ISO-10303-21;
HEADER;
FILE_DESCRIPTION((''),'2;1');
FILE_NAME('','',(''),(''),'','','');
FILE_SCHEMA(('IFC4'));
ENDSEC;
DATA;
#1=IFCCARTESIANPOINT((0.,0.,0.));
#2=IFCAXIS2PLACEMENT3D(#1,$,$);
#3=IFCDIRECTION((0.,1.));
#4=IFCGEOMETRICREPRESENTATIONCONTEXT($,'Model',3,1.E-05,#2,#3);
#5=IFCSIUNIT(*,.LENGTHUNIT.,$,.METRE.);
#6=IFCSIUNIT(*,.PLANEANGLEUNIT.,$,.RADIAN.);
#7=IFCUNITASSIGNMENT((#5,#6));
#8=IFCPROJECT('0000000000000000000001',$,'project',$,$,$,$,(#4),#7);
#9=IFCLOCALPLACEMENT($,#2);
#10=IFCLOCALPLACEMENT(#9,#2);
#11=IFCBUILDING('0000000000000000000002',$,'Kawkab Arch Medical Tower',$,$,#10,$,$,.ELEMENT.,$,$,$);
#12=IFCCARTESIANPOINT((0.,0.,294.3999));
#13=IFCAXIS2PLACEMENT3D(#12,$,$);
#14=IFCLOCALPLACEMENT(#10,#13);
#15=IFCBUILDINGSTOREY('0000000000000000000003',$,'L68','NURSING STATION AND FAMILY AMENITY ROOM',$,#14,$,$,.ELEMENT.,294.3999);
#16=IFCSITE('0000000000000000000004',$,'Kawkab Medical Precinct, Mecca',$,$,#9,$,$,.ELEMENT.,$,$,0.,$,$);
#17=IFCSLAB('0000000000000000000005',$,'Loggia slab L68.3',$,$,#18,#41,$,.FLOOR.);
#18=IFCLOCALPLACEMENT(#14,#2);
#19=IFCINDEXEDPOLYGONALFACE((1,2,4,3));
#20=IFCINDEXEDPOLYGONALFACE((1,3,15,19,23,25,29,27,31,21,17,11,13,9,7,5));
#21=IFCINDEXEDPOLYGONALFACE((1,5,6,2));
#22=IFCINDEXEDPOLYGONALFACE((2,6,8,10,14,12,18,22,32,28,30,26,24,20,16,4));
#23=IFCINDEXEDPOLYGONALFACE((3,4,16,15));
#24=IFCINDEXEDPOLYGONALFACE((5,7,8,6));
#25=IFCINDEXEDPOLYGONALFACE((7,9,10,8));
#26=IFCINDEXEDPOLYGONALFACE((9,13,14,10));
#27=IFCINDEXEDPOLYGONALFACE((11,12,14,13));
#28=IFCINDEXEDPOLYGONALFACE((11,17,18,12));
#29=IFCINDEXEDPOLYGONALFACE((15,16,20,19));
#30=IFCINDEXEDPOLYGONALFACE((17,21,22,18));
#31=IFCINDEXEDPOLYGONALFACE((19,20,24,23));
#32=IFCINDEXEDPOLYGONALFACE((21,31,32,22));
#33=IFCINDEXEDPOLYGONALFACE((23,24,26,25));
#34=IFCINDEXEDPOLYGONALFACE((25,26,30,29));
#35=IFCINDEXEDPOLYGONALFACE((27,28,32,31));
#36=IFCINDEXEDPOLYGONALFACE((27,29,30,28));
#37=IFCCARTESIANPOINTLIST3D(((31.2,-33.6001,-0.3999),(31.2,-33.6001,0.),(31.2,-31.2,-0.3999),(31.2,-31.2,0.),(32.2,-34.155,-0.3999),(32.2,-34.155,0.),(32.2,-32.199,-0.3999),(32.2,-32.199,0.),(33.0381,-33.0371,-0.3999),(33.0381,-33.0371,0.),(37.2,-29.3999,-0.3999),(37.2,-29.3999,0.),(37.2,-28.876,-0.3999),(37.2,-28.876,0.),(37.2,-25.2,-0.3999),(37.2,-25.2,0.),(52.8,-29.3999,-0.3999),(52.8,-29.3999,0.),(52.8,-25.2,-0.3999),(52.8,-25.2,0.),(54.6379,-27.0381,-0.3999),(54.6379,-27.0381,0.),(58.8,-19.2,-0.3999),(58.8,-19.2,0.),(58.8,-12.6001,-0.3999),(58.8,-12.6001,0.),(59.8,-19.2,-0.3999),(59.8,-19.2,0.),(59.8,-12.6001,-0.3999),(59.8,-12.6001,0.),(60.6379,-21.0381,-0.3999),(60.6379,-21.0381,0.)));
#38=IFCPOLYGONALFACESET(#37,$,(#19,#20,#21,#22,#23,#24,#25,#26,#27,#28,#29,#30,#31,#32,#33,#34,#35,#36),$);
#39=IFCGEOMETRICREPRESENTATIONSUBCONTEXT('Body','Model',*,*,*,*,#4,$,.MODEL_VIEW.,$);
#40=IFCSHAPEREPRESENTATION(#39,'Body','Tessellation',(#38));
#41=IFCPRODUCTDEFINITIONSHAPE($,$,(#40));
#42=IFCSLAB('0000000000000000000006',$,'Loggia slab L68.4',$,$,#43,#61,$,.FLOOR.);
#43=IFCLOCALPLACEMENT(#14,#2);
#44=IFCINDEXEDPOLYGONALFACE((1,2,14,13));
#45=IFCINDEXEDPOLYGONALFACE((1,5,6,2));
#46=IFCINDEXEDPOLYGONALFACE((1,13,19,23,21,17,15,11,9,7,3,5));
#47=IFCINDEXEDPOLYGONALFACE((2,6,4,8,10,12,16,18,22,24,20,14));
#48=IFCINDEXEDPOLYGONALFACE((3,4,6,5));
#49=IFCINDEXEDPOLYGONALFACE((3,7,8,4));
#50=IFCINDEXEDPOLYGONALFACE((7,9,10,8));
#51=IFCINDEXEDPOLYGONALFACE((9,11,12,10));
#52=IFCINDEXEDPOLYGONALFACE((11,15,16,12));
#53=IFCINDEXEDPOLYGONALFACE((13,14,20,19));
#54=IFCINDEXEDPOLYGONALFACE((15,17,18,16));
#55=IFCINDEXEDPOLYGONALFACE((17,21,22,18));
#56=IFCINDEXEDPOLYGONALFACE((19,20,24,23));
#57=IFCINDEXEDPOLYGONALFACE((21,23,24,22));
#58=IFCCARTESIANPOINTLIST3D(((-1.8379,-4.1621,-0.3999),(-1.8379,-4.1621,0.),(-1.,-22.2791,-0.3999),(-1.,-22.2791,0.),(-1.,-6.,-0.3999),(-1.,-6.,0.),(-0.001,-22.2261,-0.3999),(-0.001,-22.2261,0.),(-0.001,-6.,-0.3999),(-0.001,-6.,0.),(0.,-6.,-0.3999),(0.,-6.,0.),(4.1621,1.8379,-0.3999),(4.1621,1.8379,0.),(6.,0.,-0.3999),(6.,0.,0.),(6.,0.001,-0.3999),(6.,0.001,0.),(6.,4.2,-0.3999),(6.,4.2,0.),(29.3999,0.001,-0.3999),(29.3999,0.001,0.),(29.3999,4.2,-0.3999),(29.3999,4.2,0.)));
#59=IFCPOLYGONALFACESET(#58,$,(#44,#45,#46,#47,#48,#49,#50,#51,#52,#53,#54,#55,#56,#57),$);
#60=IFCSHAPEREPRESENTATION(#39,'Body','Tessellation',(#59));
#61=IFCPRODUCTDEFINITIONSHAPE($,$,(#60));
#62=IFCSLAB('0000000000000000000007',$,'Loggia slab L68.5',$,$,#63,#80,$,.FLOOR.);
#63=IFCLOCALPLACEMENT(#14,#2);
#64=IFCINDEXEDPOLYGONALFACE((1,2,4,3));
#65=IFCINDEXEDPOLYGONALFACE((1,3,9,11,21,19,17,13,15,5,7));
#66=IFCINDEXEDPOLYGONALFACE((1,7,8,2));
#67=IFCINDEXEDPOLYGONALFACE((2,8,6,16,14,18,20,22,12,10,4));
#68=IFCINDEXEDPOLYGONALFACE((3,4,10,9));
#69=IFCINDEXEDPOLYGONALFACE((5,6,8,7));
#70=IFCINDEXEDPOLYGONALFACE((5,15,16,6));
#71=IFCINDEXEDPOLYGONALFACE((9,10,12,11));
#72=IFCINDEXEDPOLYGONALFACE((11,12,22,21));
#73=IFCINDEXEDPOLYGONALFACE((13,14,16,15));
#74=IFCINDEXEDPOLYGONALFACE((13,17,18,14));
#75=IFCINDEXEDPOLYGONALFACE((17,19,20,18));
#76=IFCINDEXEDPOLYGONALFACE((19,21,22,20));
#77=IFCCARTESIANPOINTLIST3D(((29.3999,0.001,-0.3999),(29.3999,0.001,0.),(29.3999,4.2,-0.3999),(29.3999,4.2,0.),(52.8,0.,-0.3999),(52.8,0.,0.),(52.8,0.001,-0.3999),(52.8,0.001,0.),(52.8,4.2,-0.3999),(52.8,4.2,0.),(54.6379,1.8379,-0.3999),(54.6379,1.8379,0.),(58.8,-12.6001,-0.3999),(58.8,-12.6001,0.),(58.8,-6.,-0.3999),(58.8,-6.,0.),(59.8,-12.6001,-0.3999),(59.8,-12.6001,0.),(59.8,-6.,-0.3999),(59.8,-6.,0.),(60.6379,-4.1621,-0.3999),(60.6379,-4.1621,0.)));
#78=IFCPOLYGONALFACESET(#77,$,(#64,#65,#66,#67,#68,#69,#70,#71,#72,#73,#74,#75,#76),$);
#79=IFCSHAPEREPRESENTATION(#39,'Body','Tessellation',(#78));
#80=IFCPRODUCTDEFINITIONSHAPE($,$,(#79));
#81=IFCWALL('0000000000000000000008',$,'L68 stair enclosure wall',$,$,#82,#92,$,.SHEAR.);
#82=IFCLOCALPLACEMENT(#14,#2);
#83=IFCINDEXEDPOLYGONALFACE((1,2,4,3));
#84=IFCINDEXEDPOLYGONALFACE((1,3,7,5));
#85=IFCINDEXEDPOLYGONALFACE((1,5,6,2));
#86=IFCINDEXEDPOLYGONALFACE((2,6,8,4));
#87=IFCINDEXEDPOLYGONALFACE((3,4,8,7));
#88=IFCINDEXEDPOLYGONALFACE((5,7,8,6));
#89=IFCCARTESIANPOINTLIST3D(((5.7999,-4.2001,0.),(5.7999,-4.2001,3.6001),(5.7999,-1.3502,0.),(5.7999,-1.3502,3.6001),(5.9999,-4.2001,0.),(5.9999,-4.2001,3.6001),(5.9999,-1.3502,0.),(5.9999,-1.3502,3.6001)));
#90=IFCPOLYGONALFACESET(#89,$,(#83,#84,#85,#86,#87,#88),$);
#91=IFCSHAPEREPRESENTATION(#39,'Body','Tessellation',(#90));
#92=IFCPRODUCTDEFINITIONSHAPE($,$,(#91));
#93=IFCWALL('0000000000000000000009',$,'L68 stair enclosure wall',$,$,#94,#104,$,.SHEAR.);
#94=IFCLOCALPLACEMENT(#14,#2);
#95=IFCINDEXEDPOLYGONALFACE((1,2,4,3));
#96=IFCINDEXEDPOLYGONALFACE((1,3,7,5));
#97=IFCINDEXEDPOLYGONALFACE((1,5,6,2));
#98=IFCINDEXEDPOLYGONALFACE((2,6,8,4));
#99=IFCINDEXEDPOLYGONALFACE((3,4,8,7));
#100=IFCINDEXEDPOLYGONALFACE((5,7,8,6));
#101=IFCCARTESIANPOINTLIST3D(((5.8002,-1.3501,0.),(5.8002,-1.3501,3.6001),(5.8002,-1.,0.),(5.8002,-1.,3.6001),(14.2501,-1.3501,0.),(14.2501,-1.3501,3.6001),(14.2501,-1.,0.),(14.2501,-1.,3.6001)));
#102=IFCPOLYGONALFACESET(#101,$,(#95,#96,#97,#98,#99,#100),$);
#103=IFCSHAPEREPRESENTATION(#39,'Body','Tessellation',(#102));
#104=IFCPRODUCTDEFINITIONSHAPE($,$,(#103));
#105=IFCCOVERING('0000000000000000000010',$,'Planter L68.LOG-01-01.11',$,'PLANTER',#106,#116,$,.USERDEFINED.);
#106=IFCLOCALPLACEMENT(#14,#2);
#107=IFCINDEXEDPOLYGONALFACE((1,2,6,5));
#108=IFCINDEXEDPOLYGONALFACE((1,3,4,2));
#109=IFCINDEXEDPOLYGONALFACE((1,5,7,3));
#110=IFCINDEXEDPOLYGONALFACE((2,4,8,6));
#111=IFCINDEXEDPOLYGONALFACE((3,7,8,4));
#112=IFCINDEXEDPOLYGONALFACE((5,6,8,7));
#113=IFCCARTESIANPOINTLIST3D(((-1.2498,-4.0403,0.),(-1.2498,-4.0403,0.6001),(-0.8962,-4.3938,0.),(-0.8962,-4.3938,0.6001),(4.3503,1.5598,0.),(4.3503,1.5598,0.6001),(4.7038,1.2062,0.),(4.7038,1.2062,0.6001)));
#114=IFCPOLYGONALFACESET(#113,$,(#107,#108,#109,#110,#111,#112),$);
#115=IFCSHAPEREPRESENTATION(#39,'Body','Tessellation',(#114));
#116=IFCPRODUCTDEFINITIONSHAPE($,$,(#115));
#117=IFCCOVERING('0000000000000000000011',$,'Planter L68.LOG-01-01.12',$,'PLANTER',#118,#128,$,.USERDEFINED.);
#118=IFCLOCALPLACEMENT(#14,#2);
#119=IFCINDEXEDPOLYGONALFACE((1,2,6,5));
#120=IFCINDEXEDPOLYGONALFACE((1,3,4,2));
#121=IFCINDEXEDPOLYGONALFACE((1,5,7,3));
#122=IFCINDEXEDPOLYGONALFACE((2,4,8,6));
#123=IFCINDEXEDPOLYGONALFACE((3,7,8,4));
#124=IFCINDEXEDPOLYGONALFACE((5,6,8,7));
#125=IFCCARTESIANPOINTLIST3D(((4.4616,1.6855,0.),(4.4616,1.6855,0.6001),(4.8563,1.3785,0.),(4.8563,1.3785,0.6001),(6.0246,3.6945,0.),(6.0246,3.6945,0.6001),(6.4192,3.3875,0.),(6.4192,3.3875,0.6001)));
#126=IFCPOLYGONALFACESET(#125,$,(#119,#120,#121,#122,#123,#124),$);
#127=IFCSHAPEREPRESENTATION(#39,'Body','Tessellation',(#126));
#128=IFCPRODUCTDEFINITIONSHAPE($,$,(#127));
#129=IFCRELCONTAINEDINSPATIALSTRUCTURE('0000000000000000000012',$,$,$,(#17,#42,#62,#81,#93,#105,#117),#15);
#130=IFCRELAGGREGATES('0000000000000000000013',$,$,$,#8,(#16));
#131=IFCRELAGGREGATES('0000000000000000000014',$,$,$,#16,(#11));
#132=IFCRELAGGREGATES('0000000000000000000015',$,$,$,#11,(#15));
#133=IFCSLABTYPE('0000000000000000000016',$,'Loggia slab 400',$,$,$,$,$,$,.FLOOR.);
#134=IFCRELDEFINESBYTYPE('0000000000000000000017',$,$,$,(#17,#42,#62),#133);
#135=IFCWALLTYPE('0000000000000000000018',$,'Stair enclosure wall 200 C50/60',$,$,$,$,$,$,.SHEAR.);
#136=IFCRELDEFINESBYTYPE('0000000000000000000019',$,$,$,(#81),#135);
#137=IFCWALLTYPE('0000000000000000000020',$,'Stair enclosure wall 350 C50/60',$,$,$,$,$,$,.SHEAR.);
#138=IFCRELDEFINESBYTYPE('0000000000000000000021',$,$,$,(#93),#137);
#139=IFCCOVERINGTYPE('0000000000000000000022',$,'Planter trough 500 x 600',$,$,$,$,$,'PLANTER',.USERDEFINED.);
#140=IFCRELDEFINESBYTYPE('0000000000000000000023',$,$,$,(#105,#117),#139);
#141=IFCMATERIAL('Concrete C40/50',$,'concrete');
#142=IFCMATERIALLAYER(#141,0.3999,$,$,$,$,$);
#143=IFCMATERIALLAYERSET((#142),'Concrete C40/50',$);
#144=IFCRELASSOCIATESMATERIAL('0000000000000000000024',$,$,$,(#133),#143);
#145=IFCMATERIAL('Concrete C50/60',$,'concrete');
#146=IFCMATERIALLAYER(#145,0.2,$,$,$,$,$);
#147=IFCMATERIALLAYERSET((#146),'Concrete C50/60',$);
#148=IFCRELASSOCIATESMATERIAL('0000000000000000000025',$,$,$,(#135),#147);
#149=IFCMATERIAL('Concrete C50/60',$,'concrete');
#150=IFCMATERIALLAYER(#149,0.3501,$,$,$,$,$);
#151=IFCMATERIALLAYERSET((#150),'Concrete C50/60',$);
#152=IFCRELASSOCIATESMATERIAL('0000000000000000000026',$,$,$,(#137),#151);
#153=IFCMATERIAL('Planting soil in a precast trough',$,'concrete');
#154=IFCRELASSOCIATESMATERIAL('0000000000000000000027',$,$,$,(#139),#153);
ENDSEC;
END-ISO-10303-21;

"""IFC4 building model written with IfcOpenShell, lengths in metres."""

from ifc_helpers import new_model, si_unit, direction, frame, frame_2d, origin, origin_2d, place, context, subcontext, project, spatial, polyline, rectangle, outline, extrude, material, layer, layer_set, material_profile, profile_set, type_object, element, save


model = new_model("IFC4")

# Units and contexts
model_context = context("Model", 3, precision=1e-05, world=origin(), true_north=direction((0.0, 1.0)))
body_context = subcontext(model_context, "Body", "Model", "MODEL_VIEW")
ifc_project = project(units=[si_unit("LENGTHUNIT", "METRE"), si_unit("PLANEANGLEUNIT", "RADIAN")], contexts=[model_context])

# Site, building, storey
site_placement = place(None, origin())
site = spatial("IfcSite", under=ifc_project, at=site_placement, Name="Kawkab Medical Precinct, Mecca", CompositionType="ELEMENT", RefElevation=0.0)
building_placement = place(site_placement, origin())
building = spatial("IfcBuilding", under=site, at=building_placement, Name="Kawkab Arch Medical Tower", CompositionType="ELEMENT")
storey_placement = place(building_placement, frame((0.0, 0.0, 294.3999)))
storey = spatial("IfcBuildingStorey", under=building, at=storey_placement, Name="L68", Description="NURSING STATION AND FAMILY AMENITY ROOM", CompositionType="ELEMENT", Elevation=294.3999)

# Slabs
ifc_material_1 = material(Name="Concrete C40/50", Category="concrete")
ifc_layer_1 = layer(ifc_material_1, 0.3999)
ifc_layer_set_1 = layer_set([ifc_layer_1], Name="Concrete C40/50")
slab_type_1 = type_object("IfcSlabType", Name="Loggia slab 400", PredefinedType="FLOOR", material=ifc_layer_set_1)
placement_1 = place(storey_placement, frame((0.0, 0.0, -0.3999)))
element("IfcSlab", 1, at=placement_1, inside=storey, type_object=slab_type_1, Name="Loggia slab L68.3", PredefinedType="FLOOR", context=body_context, shape_type="SweptSolid", body=[
    extrude(outline(polyline([(31.2, -31.2), (37.2, -25.2), (52.8, -25.2), (58.8, -19.2), (58.8, -12.6001), (59.8, -12.6001), (59.8, -19.2), (60.6379, -21.0381), (54.6379, -27.0381), (52.8, -29.3999), (37.2, -29.3999), (37.2, -28.876), (33.0381, -33.0371), (32.2, -32.199), (32.2, -34.155), (31.2, -33.6001), (31.2, -31.2)])), origin(), (0.0, 0.0, 1.0), 0.3999),
])
element("IfcSlab", 2, at=placement_1, inside=storey, type_object=slab_type_1, Name="Loggia slab L68.4", PredefinedType="FLOOR", context=body_context, shape_type="SweptSolid", body=[
    extrude(outline(polyline([(-1.8379, -4.1621), (4.1621, 1.8379), (6.0, 4.2), (29.3999, 4.2), (29.3999, 0.001), (6.0, 0.001), (6.0, 0.0), (0.0, -6.0), (-0.001, -6.0), (-0.001, -22.2261), (-1.0, -22.2791), (-1.0, -6.0), (-1.8379, -4.1621)])), origin(), (0.0, 0.0, 1.0), 0.3999),
])
element("IfcSlab", 3, at=placement_1, inside=storey, type_object=slab_type_1, Name="Loggia slab L68.5", PredefinedType="FLOOR", context=body_context, shape_type="SweptSolid", body=[
    extrude(outline(polyline([(54.6379, 1.8379), (60.6379, -4.1621), (59.8, -6.0), (59.8, -12.6001), (58.8, -12.6001), (58.8, -6.0), (52.8, 0.0), (52.8, 0.001), (29.3999, 0.001), (29.3999, 4.2), (52.8, 4.2), (54.6379, 1.8379)])), origin(), (0.0, 0.0, 1.0), 0.3999),
])

# Walls
ifc_material_2 = material(Name="Concrete C50/60", Category="concrete")
ifc_layer_2 = layer(ifc_material_2, 0.2)
ifc_layer_set_2 = layer_set([ifc_layer_2], Name="Concrete C50/60")
wall_type_1 = type_object("IfcWallType", Name="Stair enclosure wall 200 C50/60", PredefinedType="SHEAR", material=ifc_layer_set_2)
wall_1_placement = place(storey_placement, frame((5.8999, -4.2, 0.0), z_axis=(0.0, 0.0, 1.0), x_axis=(0.0, 1.0, 0.0)))
element("IfcWall", 4, at=wall_1_placement, inside=storey, type_object=wall_type_1, Name="L68 stair enclosure wall", PredefinedType="SHEAR", context=body_context, shape_type="SweptSolid", body=[
    extrude(rectangle(XDim=2.8499, YDim=0.2, at=frame_2d((1.4248, 0.0))), origin(), (0.0, 0.0, 1.0), 3.6001),
])
ifc_material_3 = material(Name="Concrete C50/60", Category="concrete")
ifc_layer_3 = layer(ifc_material_3, 0.3501)
ifc_layer_set_3 = layer_set([ifc_layer_3], Name="Concrete C50/60")
wall_type_2 = type_object("IfcWallType", Name="Stair enclosure wall 350 C50/60", PredefinedType="SHEAR", material=ifc_layer_set_3)
wall_2_placement = place(storey_placement, frame((5.8, -1.175, 0.0), z_axis=(0.0, 0.0, 1.0), x_axis=(1.0, 0.0, 0.0)))
element("IfcWall", 5, at=wall_2_placement, inside=storey, type_object=wall_type_2, Name="L68 stair enclosure wall", PredefinedType="SHEAR", context=body_context, shape_type="SweptSolid", body=[
    extrude(rectangle(XDim=8.45, YDim=0.3501, at=frame_2d((4.2251, 0.0))), origin(), (0.0, 0.0, 1.0), 3.6001),
])

# Coverings
ifc_material_4 = material(Name="Planting soil in a precast trough", Category="concrete")
ifc_material_profile_1 = material_profile(ifc_material_4, rectangle(XDim=0.5, YDim=0.6001, at=origin_2d()), Name="Trough 500x600")
ifc_profile_set_1 = profile_set([ifc_material_profile_1], Name="Planting soil in a precast trough")
covering_type = type_object("IfcCoveringType", Name="Planter trough 500 x 600", ElementType="PLANTER", PredefinedType="USERDEFINED", material=ifc_profile_set_1)
covering_1_placement = place(storey_placement, frame((-1.073, -4.217, 0.3), z_axis=(0.707107, 0.707107, 0.0), x_axis=(-0.707107, 0.707107, 0.0)))
element("IfcCovering", 6, at=covering_1_placement, inside=storey, type_object=covering_type, Name="Planter L68.LOG-01-01.11", ObjectType="PLANTER", PredefinedType="USERDEFINED", context=body_context, shape_type="SweptSolid", body=[
    extrude(rectangle(XDim=0.5, YDim=0.6001, at=origin_2d()), origin(), (0.0, 0.0, 1.0), 7.9197),
])
covering_2_placement = place(storey_placement, frame((4.6589, 1.532, 0.3), z_axis=(0.61404, 0.789275, 0.0), x_axis=(-0.789275, 0.61404, 0.0)))
element("IfcCovering", 7, at=covering_2_placement, inside=storey, type_object=covering_type, Name="Planter L68.LOG-01-01.12", ObjectType="PLANTER", PredefinedType="USERDEFINED", context=body_context, shape_type="SweptSolid", body=[
    extrude(rectangle(XDim=0.5, YDim=0.6001, at=origin_2d()), origin(), (0.0, 0.0, 1.0), 2.5454),
])

save(model, "model.ifc")
